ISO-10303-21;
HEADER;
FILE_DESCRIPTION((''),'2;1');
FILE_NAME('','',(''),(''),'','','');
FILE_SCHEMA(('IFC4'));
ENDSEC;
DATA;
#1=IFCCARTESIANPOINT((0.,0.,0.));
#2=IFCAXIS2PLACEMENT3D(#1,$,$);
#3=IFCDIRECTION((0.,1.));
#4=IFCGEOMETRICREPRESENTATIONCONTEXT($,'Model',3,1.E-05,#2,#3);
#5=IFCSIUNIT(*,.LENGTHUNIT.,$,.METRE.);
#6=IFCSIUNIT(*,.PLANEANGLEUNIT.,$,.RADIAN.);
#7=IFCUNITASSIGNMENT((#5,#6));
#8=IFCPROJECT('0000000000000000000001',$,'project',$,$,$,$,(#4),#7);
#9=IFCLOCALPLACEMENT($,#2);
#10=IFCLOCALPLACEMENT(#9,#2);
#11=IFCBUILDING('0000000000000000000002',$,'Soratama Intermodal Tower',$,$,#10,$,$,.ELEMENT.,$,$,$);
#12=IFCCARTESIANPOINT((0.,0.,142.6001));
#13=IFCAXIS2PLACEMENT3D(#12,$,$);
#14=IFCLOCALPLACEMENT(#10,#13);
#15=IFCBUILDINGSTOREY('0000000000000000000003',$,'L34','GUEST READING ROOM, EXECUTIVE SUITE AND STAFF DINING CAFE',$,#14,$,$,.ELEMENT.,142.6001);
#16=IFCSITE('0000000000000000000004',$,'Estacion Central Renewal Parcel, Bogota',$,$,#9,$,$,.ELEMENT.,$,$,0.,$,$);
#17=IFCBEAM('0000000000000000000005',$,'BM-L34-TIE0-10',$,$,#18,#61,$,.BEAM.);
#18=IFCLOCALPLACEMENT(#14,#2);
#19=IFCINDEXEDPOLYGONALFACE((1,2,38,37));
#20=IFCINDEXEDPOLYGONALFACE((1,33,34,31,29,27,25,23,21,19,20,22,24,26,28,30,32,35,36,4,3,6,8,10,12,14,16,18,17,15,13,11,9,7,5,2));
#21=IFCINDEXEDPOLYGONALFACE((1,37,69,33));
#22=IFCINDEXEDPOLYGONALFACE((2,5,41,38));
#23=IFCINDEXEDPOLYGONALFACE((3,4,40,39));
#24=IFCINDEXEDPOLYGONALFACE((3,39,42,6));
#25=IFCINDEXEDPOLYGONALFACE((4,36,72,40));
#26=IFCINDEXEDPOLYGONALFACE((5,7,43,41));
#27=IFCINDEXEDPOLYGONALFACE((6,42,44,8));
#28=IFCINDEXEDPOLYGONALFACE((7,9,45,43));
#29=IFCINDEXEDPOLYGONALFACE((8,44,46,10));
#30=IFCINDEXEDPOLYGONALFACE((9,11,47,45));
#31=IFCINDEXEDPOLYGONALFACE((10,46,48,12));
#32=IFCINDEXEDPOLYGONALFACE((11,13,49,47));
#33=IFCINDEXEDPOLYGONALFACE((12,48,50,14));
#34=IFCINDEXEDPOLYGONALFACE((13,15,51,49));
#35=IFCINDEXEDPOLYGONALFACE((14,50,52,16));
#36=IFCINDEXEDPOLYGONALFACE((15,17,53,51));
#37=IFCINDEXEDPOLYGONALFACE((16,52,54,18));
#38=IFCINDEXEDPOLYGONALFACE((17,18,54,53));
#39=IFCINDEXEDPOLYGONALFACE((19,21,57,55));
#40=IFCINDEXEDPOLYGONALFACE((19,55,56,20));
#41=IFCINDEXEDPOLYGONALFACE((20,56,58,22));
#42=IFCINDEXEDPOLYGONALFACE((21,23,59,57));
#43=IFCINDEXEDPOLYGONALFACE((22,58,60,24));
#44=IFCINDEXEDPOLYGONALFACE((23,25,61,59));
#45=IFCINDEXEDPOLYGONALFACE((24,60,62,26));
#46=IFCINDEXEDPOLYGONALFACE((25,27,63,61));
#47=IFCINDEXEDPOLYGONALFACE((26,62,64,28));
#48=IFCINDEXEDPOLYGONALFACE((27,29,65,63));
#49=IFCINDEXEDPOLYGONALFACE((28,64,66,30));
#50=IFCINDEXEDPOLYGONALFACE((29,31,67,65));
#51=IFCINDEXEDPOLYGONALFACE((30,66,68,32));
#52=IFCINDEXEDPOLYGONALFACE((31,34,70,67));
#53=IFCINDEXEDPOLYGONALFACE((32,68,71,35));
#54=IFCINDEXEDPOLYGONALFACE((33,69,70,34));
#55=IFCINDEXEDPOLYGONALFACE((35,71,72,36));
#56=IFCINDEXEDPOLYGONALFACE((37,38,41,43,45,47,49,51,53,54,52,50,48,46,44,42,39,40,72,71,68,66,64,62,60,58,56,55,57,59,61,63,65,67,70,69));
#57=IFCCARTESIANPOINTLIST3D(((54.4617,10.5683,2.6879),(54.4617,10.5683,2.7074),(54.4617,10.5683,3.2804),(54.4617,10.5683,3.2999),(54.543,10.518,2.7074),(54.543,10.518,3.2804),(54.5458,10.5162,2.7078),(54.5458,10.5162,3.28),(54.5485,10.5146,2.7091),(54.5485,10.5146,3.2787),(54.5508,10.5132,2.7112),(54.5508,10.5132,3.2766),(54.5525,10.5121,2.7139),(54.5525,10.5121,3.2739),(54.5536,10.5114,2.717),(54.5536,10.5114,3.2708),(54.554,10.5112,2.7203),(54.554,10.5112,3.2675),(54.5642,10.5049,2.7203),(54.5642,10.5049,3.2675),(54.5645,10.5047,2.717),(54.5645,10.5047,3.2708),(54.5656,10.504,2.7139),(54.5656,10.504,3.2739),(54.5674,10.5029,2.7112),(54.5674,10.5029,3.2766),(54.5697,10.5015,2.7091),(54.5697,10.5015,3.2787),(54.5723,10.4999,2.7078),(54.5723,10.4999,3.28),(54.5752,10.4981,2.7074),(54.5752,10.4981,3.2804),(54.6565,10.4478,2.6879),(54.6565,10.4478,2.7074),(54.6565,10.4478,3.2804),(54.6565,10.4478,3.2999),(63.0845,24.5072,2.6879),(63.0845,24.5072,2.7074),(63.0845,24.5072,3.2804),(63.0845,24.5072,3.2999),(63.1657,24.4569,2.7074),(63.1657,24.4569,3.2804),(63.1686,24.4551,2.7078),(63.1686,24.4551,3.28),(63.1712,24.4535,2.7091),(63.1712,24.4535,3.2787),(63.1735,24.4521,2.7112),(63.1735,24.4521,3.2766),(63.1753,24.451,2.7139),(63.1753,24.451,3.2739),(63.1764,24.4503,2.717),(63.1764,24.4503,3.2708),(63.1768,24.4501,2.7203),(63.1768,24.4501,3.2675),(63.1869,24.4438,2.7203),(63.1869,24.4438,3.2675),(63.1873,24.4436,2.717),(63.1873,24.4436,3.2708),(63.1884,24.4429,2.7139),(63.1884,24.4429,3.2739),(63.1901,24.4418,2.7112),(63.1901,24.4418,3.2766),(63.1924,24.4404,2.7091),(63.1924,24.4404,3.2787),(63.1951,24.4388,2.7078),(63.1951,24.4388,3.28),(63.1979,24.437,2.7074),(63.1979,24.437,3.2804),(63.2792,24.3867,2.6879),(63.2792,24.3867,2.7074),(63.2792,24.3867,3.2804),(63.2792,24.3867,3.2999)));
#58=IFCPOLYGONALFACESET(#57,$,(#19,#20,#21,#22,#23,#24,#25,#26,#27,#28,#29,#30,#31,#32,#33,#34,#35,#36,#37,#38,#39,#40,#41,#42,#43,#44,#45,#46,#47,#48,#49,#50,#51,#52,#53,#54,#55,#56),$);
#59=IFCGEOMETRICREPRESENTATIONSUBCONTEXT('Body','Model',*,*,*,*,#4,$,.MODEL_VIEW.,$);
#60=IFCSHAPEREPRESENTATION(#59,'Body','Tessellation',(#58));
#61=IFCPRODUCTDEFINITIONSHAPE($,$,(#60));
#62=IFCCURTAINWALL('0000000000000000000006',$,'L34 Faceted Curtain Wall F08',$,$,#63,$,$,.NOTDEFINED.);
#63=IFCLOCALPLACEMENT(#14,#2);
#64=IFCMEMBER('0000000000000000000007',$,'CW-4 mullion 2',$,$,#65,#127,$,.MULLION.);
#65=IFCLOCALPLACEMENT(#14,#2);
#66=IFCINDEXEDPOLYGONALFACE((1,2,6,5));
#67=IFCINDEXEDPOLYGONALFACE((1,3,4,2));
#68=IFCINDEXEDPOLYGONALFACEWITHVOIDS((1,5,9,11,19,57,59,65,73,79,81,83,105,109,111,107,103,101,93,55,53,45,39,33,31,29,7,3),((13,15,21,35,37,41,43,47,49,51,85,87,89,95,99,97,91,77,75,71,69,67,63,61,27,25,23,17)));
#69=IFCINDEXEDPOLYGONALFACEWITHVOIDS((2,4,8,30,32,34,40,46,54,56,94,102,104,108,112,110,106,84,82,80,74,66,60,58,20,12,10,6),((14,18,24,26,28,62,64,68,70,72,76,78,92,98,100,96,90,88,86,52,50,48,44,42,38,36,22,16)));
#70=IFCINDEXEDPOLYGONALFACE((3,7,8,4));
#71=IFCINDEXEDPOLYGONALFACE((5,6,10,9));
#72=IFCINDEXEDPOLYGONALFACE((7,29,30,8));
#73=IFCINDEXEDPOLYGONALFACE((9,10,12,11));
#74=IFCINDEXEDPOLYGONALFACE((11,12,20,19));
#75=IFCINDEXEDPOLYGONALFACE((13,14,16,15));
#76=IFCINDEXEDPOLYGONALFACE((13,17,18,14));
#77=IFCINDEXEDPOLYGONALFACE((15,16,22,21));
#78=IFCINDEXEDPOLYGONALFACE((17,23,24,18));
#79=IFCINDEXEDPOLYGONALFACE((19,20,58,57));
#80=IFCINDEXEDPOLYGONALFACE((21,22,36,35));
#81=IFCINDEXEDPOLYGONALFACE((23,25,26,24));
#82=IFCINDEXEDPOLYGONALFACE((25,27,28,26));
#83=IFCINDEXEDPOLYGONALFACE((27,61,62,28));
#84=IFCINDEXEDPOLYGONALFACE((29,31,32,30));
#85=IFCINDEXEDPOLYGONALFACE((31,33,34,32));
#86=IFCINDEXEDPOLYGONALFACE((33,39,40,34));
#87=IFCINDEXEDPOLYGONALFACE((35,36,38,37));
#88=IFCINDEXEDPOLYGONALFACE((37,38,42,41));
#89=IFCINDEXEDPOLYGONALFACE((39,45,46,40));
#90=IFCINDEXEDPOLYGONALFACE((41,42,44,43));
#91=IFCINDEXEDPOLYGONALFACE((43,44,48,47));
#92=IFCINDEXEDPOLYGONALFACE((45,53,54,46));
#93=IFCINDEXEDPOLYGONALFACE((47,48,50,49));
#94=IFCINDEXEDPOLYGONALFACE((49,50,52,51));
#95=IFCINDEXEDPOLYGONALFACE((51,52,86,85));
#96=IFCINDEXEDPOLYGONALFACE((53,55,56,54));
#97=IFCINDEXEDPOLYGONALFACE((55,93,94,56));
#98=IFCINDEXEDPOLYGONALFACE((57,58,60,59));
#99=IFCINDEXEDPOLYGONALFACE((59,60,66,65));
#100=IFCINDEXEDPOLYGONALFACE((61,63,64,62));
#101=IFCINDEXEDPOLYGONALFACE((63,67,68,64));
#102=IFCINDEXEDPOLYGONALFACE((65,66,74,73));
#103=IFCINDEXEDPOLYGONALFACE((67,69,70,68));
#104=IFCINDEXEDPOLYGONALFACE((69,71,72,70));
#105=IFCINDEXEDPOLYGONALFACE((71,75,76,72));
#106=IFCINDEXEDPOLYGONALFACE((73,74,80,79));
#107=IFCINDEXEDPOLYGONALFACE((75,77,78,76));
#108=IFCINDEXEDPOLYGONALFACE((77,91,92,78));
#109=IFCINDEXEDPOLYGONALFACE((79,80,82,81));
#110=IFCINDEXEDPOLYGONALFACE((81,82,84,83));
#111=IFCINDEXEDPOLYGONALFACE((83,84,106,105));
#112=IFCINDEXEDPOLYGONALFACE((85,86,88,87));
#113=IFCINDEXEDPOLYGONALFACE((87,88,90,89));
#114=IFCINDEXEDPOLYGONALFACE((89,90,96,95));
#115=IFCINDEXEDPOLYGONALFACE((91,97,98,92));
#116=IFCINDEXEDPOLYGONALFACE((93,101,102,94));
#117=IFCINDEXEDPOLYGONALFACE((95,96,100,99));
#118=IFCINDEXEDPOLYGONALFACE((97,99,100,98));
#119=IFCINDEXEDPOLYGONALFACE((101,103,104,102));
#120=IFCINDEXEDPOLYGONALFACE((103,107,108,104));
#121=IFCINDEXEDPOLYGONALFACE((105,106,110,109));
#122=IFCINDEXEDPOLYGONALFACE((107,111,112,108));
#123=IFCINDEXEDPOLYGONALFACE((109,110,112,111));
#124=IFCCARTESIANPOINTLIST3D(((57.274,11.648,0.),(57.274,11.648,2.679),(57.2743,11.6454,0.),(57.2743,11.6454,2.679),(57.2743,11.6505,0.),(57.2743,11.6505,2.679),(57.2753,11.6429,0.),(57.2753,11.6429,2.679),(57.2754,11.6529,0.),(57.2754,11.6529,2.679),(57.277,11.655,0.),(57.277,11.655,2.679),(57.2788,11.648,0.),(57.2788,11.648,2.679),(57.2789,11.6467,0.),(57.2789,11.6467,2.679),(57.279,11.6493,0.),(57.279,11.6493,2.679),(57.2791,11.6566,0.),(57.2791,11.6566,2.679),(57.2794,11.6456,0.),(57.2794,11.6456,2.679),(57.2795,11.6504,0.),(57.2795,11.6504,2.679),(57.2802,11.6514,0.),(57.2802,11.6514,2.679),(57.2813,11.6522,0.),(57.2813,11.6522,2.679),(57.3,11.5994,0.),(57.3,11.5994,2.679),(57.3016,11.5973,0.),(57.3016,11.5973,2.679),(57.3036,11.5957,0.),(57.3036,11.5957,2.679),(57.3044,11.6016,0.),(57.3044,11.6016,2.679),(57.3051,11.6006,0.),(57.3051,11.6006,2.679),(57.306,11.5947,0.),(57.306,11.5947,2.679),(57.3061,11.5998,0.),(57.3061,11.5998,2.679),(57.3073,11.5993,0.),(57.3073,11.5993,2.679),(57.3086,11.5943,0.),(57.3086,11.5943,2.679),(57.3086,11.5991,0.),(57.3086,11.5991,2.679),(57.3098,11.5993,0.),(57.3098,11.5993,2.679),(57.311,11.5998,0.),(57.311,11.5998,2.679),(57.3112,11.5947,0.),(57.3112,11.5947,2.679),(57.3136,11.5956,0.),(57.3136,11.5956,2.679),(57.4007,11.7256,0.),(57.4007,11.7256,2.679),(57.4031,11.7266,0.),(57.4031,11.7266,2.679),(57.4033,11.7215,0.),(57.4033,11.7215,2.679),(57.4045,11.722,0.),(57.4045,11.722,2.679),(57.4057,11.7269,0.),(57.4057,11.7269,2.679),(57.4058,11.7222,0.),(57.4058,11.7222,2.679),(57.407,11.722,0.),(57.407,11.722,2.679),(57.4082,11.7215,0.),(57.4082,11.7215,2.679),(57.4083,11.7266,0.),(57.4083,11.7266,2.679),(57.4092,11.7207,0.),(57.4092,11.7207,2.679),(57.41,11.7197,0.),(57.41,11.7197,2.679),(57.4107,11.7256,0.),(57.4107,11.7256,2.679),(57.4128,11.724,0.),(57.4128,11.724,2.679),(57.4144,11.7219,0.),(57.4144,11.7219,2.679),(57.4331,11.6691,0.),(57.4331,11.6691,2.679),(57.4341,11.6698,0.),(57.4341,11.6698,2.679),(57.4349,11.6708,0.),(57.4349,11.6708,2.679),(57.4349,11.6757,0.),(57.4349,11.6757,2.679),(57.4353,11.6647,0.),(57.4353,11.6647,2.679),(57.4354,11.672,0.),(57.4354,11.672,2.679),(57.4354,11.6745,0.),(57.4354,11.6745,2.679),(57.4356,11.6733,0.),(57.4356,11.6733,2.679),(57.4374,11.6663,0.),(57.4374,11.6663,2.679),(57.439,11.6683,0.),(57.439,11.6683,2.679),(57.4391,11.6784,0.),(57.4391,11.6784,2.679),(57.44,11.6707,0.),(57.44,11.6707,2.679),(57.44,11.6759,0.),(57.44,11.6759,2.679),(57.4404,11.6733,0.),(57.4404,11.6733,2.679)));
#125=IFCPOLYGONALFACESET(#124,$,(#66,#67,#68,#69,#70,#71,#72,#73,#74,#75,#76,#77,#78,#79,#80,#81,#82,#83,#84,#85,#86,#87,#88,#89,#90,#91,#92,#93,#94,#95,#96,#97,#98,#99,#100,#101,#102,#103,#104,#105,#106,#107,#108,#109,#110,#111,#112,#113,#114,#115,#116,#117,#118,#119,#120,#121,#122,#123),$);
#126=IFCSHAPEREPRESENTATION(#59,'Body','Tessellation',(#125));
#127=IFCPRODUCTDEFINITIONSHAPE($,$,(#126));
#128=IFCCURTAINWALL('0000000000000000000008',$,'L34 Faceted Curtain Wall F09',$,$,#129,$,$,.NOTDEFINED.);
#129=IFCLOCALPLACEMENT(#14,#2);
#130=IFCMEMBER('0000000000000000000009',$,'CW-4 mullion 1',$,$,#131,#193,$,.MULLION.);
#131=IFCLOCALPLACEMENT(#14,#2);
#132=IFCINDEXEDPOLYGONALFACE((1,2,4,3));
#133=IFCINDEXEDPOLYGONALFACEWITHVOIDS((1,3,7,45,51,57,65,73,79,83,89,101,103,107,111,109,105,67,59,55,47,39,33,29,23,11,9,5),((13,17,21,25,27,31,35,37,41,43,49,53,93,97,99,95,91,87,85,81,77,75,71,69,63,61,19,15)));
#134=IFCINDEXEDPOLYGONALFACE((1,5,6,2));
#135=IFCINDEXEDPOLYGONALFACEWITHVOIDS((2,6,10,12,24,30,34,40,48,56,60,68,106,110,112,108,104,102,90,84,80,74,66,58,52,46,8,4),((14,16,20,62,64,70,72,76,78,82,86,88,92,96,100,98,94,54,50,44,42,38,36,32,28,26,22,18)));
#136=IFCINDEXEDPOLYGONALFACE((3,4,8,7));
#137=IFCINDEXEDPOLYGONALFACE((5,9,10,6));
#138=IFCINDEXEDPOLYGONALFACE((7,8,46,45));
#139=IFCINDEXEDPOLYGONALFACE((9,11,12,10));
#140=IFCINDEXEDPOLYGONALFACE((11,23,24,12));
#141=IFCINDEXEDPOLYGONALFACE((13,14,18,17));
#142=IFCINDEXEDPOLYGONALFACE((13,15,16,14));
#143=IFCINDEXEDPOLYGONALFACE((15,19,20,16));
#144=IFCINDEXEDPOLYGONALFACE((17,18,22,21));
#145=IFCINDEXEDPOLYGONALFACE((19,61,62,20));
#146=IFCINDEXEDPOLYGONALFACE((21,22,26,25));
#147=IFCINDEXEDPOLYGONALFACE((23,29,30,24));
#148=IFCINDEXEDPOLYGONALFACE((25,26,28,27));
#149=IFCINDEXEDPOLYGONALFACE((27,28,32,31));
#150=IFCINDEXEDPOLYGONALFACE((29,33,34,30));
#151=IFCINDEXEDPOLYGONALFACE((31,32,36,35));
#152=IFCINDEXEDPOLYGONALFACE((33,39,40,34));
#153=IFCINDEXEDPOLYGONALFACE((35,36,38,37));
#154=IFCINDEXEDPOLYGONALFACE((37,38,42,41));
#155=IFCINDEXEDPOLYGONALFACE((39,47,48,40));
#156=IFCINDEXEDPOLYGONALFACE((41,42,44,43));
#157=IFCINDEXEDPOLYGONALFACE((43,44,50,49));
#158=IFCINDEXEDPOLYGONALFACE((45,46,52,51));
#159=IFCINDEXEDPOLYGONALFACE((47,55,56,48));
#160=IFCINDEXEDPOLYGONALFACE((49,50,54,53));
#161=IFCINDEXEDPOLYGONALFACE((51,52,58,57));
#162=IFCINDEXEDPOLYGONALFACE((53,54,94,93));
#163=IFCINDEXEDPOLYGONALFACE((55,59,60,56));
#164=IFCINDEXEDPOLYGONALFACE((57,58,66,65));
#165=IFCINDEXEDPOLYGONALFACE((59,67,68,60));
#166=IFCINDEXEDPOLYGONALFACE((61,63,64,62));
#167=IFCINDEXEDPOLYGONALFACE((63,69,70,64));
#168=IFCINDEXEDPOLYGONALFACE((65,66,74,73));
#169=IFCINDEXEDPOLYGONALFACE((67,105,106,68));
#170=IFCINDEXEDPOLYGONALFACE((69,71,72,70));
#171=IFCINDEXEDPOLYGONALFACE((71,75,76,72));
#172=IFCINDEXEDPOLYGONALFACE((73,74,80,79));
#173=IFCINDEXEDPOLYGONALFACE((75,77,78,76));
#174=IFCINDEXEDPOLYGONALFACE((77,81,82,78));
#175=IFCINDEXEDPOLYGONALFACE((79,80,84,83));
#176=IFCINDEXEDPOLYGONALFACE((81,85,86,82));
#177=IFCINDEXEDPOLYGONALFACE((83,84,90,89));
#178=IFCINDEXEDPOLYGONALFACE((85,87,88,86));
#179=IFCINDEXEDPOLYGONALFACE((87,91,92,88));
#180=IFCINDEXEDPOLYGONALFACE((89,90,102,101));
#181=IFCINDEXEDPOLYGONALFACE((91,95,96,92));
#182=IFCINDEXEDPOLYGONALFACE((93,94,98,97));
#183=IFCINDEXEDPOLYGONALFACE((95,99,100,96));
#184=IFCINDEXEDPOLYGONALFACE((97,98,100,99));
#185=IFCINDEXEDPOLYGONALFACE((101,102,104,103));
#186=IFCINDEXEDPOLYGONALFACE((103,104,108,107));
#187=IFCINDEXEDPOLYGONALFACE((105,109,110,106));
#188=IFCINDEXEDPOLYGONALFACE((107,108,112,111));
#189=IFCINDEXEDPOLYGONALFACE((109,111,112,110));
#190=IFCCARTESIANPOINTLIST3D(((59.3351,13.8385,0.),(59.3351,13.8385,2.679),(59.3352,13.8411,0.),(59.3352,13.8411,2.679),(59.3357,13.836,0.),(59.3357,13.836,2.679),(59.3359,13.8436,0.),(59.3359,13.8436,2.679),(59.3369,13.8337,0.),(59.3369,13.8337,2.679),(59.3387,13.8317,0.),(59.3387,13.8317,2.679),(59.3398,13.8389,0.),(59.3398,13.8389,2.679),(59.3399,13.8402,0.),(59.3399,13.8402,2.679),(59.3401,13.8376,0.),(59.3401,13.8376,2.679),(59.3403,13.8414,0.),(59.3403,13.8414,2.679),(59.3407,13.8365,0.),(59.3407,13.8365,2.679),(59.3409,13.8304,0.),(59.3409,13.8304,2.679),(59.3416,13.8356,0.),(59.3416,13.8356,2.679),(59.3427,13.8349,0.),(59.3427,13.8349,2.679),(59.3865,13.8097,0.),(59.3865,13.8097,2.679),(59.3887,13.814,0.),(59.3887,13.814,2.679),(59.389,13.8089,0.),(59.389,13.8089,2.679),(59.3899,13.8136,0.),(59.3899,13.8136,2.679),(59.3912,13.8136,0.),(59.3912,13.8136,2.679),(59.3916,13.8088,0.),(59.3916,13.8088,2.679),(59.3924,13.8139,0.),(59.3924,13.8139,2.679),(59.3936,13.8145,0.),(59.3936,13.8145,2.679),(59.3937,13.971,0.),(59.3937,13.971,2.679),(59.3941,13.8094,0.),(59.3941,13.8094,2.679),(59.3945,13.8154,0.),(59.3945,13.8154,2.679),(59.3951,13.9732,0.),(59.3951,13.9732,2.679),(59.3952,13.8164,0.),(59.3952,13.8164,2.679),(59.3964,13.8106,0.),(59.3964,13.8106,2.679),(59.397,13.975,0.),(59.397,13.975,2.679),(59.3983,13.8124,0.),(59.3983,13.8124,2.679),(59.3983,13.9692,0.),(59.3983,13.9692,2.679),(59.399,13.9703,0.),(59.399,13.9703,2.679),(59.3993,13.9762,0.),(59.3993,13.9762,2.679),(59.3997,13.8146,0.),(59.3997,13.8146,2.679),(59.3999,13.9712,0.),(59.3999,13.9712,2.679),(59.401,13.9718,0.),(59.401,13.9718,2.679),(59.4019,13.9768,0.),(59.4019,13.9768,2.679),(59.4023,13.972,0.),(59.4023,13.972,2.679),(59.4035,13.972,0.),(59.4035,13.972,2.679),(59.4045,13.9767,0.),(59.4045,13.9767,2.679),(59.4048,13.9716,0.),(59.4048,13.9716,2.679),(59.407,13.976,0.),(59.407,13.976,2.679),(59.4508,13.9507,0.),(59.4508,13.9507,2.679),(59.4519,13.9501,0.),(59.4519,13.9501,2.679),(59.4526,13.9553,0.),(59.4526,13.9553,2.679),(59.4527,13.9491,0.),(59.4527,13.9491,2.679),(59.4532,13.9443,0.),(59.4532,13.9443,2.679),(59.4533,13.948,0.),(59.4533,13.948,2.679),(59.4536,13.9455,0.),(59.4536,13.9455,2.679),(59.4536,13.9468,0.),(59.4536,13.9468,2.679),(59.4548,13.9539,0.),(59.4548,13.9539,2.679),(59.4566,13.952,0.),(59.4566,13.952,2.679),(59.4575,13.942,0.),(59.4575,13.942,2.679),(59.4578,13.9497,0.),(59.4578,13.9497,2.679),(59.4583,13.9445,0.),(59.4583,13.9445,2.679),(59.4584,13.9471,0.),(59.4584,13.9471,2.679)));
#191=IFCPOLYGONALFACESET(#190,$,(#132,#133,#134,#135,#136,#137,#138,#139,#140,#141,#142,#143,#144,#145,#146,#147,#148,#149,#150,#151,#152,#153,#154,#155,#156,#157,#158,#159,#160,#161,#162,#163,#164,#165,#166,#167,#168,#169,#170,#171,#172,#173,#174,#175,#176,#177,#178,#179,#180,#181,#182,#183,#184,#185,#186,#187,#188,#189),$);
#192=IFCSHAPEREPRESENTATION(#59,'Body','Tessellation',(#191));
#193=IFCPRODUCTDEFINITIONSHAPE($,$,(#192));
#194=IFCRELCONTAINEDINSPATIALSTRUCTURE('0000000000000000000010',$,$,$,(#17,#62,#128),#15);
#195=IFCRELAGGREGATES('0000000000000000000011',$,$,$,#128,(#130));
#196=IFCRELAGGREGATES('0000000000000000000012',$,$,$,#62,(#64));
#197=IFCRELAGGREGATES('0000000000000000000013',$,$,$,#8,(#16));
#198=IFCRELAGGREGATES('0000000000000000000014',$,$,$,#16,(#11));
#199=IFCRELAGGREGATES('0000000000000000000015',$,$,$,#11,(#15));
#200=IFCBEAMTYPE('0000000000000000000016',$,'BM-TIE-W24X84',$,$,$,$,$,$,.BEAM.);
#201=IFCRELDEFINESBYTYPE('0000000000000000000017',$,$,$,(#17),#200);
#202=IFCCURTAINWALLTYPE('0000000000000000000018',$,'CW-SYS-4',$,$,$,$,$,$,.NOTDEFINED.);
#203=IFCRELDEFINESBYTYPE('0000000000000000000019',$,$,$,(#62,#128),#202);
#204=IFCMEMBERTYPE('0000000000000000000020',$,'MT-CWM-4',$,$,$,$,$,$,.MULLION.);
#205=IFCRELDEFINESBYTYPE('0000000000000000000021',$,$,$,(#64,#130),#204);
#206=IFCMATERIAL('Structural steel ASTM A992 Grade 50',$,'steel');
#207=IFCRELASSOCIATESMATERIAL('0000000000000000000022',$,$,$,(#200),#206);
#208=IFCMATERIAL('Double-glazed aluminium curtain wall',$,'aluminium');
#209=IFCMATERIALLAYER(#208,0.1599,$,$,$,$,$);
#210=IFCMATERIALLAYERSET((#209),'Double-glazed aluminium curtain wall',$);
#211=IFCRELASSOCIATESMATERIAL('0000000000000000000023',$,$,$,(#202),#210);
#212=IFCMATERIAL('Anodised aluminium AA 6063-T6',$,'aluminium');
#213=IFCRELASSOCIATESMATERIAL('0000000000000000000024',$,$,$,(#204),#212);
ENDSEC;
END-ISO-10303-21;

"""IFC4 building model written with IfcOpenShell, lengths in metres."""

from ifc_helpers import new_model, si_unit, direction, frame, origin, origin_2d, place, context, subcontext, project, spatial, hollow_rectangle, i_section, extrude, material, layer, layer_set, material_profile, profile_set, type_object, element, aggregate, save


model = new_model("IFC4")

# Units and contexts
model_context = context("Model", 3, precision=1e-05, world=origin(), true_north=direction((0.0, 1.0)))
body_context = subcontext(model_context, "Body", "Model", "MODEL_VIEW")
ifc_project = project(units=[si_unit("LENGTHUNIT", "METRE"), si_unit("PLANEANGLEUNIT", "RADIAN")], contexts=[model_context])

# Site, building, storey
site_placement = place(None, origin())
site = spatial("IfcSite", under=ifc_project, at=site_placement, Name="Estacion Central Renewal Parcel, Bogota", CompositionType="ELEMENT", RefElevation=0.0)
building_placement = place(site_placement, origin())
building = spatial("IfcBuilding", under=site, at=building_placement, Name="Soratama Intermodal Tower", CompositionType="ELEMENT")
storey_placement = place(building_placement, frame((0.0, 0.0, 142.6001)))
storey = spatial("IfcBuildingStorey", under=building, at=storey_placement, Name="L34", Description="GUEST READING ROOM, EXECUTIVE SUITE AND STAFF DINING CAFE", CompositionType="ELEMENT", Elevation=142.6001)

# Beam
ifc_material_1 = material(Name="Structural steel ASTM A992 Grade 50", Category="steel")
ifc_material_profile_1 = material_profile(ifc_material_1, i_section(OverallWidth=0.229, OverallDepth=0.6121, WebThickness=0.012, FlangeThickness=0.0195, FilletRadius=0.0129, at=origin_2d()), Name="W24X84")
ifc_profile_set_1 = profile_set([ifc_material_profile_1], Name="Structural steel ASTM A992 Grade 50")
beam_type_1 = type_object("IfcBeamType", Name="BM-TIE-W24X84", PredefinedType="BEAM", material=ifc_profile_set_1)
beam_1_placement = place(storey_placement, frame((54.5591, 10.5081, 2.9939), z_axis=(0.526086, 0.850431, 0.0), x_axis=(-0.850431, 0.526086, 0.0)))
element("IfcBeam", 1, at=beam_1_placement, inside=storey, type_object=beam_type_1, Name="BM-L34-TIE0-10", PredefinedType="BEAM", context=body_context, shape_type="SweptSolid", body=[
    extrude(i_section(OverallWidth=0.229, OverallDepth=0.6121, WebThickness=0.012, FlangeThickness=0.0195, FilletRadius=0.0129, at=origin_2d()), origin(), (0.0, 0.0, 1.0), 16.3904),
])

# Curtain walls, members
ifc_material_2 = material(Name="Double-glazed aluminium curtain wall", Category="aluminium")
ifc_layer_1 = layer(ifc_material_2, 0.1599)
ifc_layer_set_1 = layer_set([ifc_layer_1], Name="Double-glazed aluminium curtain wall")
curtain_wall_type = type_object("IfcCurtainWallType", Name="CW-SYS-4", PredefinedType="NOTDEFINED", material=ifc_layer_set_1)
curtain_wall_1_placement = place(storey_placement, origin())
curtain_wall_1 = element("IfcCurtainWall", 2, at=curtain_wall_1_placement, inside=storey, type_object=curtain_wall_type, Name="L34 Faceted Curtain Wall F08", PredefinedType="NOTDEFINED")
ifc_material_3 = material(Name="Anodised aluminium AA 6063-T6", Category="aluminium")
ifc_material_profile_2 = material_profile(ifc_material_3, hollow_rectangle(XDim=0.0701, YDim=0.1599, WallThickness=0.0049, InnerFilletRadius=0.0049, OuterFilletRadius=0.01, at=origin_2d()), Name="CWM160X70X5")
ifc_profile_set_2 = profile_set([ifc_material_profile_2], Name="Anodised aluminium AA 6063-T6")
member_type_1 = type_object("IfcMemberType", Name="MT-CWM-4", PredefinedType="MULLION", material=ifc_profile_set_2)
member_1_placement = place(storey_placement, frame((57.3572, 11.6606, 0.0), z_axis=(0.0, 0.0, 1.0), x_axis=(-0.49364, 0.869667, 0.0)))
member_1 = element("IfcMember", 3, at=member_1_placement, type_object=member_type_1, Name="CW-4 mullion 2", PredefinedType="MULLION", context=body_context, shape_type="SweptSolid", body=[
    extrude(hollow_rectangle(XDim=0.0701, YDim=0.1599, WallThickness=0.0049, InnerFilletRadius=0.0049, OuterFilletRadius=0.01, at=origin_2d()), origin(), (0.0, 0.0, 1.0), 2.679),
])
curtain_wall_2_placement = place(storey_placement, origin())
curtain_wall_2 = element("IfcCurtainWall", 4, at=curtain_wall_2_placement, inside=storey, type_object=curtain_wall_type, Name="L34 Faceted Curtain Wall F09", PredefinedType="NOTDEFINED")
member_2_placement = place(storey_placement, frame((59.3967, 13.8928, 0.0), z_axis=(0.0, 0.0, 1.0), x_axis=(-0.910538, 0.413425, 0.0)))
member_2 = element("IfcMember", 5, at=member_2_placement, type_object=member_type_1, Name="CW-4 mullion 1", PredefinedType="MULLION", context=body_context, shape_type="SweptSolid", body=[
    extrude(hollow_rectangle(XDim=0.0701, YDim=0.1599, WallThickness=0.0049, InnerFilletRadius=0.0049, OuterFilletRadius=0.01, at=origin_2d()), origin(), (0.0, 0.0, 1.0), 2.679),
])

aggregate(curtain_wall_2, [member_2])

aggregate(curtain_wall_1, [member_1])

save(model, "model.ifc")
